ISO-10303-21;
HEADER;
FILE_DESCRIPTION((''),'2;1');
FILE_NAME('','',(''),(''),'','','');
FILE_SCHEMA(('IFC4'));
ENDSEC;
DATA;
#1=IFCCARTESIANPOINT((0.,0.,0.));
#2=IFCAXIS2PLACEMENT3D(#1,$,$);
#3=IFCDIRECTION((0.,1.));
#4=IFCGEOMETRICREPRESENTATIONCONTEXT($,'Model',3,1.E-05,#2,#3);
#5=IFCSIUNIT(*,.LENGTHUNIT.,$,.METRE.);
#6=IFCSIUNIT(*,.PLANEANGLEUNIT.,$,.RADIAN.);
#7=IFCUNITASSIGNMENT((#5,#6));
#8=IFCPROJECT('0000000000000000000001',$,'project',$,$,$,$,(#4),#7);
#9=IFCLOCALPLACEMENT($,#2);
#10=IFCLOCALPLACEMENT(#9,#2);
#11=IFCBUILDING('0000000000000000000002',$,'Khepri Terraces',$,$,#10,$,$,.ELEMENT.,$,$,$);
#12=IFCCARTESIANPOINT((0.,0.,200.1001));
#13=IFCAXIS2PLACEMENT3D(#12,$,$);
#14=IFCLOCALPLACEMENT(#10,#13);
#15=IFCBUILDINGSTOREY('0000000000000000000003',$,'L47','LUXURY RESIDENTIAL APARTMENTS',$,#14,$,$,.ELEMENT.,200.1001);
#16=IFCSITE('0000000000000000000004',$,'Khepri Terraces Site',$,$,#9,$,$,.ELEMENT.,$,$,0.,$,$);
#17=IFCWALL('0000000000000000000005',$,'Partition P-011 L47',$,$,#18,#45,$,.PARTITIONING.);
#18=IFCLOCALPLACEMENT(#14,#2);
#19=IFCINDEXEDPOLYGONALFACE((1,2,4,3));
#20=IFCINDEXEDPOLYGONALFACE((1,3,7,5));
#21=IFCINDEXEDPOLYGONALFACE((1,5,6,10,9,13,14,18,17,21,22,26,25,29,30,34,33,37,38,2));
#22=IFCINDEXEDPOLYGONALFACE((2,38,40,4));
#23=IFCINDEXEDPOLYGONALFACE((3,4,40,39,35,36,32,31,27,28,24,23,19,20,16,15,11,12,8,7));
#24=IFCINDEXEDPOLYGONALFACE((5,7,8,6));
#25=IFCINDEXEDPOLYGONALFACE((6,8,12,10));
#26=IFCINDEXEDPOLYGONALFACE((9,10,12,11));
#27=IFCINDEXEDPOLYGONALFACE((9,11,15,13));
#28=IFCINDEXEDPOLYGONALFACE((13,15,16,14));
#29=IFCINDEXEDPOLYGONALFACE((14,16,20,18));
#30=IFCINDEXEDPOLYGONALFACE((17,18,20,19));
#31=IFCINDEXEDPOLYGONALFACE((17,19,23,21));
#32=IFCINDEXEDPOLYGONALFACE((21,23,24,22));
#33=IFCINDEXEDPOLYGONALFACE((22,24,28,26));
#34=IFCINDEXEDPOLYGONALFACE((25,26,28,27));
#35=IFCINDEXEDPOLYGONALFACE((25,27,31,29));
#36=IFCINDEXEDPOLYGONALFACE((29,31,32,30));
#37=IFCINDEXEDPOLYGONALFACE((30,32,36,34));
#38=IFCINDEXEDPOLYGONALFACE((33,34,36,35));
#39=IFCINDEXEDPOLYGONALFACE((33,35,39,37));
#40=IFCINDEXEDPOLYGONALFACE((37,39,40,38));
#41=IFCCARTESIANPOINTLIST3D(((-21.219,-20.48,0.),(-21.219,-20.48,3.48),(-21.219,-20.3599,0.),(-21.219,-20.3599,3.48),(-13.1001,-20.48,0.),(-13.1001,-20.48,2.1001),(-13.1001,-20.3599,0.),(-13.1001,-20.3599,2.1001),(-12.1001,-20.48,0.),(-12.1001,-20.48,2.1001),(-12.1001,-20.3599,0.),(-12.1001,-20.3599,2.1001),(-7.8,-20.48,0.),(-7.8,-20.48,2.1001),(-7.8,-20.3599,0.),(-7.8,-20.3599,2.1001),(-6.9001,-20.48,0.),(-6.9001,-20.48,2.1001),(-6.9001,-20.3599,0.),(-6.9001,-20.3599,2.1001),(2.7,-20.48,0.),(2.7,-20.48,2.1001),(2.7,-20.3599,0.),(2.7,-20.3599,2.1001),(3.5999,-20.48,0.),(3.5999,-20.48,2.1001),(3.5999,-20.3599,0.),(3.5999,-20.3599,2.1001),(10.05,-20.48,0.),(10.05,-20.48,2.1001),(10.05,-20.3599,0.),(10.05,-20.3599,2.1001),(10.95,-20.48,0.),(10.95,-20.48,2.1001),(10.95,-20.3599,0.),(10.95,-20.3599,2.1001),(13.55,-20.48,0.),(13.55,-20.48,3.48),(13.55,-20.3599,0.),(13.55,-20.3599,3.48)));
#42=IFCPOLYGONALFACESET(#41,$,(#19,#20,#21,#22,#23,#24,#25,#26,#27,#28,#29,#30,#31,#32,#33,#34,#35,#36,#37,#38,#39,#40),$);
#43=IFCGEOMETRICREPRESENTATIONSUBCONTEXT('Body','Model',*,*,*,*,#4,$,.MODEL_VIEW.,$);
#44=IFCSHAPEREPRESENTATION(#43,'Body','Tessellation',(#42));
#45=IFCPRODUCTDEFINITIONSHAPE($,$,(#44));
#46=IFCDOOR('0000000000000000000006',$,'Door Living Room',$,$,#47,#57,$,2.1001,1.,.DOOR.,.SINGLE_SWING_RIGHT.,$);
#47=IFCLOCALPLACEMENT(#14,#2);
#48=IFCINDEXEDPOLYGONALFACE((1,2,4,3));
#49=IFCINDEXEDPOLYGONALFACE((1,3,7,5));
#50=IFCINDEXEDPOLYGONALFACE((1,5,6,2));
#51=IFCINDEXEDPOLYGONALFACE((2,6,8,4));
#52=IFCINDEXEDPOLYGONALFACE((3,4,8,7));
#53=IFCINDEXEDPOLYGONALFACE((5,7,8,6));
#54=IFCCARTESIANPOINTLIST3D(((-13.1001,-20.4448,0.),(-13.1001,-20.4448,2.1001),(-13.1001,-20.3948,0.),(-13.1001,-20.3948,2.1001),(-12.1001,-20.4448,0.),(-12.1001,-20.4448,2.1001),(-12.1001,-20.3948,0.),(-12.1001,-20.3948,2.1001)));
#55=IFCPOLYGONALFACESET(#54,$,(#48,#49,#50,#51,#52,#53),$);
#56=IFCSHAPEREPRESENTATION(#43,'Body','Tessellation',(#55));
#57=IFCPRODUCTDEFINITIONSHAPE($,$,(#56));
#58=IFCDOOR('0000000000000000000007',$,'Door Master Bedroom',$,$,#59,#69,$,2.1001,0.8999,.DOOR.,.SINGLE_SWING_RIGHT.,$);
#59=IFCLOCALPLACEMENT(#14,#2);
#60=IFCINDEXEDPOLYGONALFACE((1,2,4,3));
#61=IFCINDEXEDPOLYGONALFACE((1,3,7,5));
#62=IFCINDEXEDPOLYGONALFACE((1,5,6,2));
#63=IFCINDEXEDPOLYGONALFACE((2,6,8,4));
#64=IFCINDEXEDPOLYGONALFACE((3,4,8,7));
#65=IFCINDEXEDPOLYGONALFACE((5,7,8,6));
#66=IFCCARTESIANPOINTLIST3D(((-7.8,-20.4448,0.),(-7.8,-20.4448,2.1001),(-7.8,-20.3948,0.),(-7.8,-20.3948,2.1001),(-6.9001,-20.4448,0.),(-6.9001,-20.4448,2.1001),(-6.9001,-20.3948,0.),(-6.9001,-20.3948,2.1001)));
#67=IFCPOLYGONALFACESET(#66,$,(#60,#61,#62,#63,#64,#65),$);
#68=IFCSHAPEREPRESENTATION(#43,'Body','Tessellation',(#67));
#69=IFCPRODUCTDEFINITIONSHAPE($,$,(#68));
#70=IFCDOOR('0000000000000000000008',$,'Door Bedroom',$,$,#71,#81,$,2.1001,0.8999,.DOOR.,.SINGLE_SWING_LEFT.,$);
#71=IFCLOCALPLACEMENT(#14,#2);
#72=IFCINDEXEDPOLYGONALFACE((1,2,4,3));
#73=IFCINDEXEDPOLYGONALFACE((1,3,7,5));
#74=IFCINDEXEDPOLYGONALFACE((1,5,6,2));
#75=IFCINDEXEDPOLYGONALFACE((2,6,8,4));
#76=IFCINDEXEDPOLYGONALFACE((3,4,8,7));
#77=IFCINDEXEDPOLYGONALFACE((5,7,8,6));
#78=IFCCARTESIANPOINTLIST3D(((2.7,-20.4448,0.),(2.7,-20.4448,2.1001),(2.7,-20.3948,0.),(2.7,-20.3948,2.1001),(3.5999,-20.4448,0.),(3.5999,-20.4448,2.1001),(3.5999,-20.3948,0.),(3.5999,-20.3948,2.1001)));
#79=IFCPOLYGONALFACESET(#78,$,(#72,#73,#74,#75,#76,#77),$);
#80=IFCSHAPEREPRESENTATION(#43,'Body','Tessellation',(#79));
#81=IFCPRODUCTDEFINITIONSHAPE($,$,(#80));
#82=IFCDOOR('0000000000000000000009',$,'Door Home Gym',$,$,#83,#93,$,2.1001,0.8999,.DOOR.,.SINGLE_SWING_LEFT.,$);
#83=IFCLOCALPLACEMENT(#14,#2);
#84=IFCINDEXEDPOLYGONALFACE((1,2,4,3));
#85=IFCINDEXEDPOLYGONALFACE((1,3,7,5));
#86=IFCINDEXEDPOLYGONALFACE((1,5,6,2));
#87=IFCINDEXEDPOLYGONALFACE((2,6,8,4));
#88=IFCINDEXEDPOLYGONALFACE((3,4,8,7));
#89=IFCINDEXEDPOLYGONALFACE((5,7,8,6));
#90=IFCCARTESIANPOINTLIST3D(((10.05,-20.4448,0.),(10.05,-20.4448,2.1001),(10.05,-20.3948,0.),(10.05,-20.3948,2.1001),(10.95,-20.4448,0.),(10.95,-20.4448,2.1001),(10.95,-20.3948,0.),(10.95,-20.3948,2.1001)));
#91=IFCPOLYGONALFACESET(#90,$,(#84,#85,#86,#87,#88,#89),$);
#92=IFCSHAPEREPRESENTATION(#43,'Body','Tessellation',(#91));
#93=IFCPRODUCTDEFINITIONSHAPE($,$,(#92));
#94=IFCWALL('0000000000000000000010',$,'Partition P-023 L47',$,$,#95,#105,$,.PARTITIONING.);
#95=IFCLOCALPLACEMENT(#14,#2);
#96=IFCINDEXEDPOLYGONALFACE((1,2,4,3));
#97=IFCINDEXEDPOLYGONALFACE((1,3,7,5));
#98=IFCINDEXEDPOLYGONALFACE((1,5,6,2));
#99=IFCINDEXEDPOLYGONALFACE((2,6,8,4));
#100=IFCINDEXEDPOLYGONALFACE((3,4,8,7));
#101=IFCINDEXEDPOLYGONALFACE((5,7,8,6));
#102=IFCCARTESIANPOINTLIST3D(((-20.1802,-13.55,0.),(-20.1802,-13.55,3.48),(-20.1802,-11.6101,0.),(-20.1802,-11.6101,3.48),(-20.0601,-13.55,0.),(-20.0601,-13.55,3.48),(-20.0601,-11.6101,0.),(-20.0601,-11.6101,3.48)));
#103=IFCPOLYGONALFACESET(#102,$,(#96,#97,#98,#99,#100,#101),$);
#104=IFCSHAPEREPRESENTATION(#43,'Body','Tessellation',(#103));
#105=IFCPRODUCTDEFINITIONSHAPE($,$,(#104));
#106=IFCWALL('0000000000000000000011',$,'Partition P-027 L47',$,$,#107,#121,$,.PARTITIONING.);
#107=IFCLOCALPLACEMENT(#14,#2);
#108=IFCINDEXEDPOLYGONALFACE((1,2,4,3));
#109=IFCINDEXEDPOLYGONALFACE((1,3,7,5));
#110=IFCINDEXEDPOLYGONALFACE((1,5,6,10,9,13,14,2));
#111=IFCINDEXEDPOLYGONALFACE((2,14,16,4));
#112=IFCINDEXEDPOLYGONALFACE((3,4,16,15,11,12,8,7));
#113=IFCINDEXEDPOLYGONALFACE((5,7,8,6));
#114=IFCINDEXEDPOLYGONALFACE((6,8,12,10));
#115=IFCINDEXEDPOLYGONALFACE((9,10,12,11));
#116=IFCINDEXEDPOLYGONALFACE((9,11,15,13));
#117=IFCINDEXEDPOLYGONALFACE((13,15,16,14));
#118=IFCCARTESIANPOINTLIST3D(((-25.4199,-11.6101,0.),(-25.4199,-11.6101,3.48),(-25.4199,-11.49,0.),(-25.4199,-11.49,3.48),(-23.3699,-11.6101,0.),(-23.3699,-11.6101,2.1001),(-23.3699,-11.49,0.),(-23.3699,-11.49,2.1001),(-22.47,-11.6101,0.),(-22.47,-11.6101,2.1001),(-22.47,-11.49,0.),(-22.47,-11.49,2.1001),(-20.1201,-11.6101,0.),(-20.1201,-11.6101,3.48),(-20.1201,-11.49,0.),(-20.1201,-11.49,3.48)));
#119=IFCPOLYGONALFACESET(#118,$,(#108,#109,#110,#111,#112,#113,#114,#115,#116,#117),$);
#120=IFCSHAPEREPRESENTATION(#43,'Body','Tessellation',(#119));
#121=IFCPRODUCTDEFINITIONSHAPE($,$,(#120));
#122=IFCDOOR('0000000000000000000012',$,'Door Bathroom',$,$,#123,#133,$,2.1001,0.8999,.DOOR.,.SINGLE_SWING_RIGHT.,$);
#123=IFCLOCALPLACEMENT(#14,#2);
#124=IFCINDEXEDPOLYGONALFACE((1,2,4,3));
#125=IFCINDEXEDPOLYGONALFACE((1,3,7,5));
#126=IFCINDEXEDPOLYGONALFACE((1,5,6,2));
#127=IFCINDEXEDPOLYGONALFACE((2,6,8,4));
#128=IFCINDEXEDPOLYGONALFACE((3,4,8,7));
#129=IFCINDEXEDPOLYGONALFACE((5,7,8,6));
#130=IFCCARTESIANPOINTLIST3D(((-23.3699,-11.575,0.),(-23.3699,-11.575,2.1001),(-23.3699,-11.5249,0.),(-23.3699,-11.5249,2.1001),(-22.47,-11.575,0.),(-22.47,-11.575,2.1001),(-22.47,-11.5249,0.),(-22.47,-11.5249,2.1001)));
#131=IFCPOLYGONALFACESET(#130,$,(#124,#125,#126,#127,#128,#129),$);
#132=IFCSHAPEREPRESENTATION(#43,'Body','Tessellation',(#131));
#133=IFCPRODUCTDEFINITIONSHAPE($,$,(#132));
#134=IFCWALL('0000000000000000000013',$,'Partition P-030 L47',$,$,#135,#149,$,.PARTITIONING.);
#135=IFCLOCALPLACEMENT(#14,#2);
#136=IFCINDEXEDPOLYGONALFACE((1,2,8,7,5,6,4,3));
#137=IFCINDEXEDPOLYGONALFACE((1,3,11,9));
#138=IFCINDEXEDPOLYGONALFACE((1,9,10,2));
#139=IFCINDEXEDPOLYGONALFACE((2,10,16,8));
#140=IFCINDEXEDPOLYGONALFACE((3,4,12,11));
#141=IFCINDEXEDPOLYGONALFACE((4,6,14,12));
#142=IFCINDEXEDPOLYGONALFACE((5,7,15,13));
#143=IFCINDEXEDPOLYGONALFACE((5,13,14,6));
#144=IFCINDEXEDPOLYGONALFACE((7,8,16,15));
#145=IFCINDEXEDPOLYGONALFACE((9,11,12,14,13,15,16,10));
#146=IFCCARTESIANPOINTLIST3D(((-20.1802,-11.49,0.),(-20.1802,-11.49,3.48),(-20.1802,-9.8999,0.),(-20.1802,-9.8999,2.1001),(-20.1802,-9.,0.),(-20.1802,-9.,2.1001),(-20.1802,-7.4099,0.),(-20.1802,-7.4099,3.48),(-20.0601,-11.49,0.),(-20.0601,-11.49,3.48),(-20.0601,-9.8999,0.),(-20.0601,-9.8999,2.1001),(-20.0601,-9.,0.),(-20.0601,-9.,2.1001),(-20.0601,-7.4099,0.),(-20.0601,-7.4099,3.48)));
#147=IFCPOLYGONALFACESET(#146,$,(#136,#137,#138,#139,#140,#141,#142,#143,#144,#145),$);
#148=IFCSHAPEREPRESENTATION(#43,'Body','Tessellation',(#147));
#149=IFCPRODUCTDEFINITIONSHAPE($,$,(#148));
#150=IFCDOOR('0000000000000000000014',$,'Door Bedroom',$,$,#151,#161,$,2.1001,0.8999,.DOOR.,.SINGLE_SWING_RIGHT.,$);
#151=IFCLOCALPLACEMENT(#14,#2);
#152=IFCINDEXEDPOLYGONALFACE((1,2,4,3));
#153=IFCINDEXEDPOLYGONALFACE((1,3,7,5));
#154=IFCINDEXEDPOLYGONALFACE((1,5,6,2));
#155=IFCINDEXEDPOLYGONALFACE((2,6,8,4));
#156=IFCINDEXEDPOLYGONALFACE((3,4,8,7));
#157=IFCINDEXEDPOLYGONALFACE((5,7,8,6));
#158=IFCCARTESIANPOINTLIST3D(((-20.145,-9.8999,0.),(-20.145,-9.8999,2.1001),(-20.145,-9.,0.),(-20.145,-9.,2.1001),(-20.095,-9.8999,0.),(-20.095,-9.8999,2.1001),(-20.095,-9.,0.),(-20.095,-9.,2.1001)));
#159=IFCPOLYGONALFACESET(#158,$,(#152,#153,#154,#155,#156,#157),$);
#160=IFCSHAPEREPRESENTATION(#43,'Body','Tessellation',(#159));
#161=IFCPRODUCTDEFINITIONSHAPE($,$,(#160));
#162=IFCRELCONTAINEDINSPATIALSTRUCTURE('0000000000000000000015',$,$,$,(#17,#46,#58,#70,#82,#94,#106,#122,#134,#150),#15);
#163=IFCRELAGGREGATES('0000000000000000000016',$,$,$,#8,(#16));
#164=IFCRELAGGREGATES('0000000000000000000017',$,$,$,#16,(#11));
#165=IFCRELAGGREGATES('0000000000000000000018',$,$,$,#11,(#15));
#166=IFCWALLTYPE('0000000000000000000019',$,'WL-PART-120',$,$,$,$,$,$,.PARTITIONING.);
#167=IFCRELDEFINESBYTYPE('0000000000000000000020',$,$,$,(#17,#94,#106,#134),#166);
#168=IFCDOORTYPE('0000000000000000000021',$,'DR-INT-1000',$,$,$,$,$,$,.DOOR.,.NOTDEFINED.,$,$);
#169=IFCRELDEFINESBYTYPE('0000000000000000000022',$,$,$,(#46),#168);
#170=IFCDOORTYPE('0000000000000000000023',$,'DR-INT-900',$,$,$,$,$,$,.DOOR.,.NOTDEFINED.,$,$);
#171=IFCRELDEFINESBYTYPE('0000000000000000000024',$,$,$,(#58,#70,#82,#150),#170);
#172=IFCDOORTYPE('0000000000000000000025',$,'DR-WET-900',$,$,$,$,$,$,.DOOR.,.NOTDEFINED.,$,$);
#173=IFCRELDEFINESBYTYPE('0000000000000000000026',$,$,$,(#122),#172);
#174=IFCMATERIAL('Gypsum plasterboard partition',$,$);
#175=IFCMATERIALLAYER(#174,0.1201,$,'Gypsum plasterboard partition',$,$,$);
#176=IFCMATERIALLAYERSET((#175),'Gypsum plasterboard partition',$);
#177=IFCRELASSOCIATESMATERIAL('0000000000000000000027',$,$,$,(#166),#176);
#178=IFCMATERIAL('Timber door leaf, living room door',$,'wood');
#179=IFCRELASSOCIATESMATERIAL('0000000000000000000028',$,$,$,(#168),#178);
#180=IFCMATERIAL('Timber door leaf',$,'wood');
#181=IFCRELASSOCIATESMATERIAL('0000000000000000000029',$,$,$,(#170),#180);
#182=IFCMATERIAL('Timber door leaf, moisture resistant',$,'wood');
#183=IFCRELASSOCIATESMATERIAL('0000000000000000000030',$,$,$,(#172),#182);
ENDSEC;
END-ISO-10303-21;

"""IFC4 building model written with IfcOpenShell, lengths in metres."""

from ifc_helpers import new_model, si_unit, direction, frame, frame_2d, origin, place, context, subcontext, project, spatial, rectangle, extrude, material, layer, layer_set, type_object, element, fill, save


model = new_model("IFC4")

# Units and contexts
model_context = context("Model", 3, precision=1e-05, world=origin(), true_north=direction((0.0, 1.0)))
body_context = subcontext(model_context, "Body", "Model", "MODEL_VIEW")
ifc_project = project(units=[si_unit("LENGTHUNIT", "METRE"), si_unit("PLANEANGLEUNIT", "RADIAN")], contexts=[model_context])

# Site, building, storey
site_placement = place(None, origin())
site = spatial("IfcSite", under=ifc_project, at=site_placement, Name="Khepri Terraces Site", CompositionType="ELEMENT", RefElevation=0.0)
building_placement = place(site_placement, origin())
building = spatial("IfcBuilding", under=site, at=building_placement, Name="Khepri Terraces", CompositionType="ELEMENT")
storey_placement = place(building_placement, frame((0.0, 0.0, 200.1001)))
storey = spatial("IfcBuildingStorey", under=building, at=storey_placement, Name="L47", Description="LUXURY RESIDENTIAL APARTMENTS", CompositionType="ELEMENT", Elevation=200.1001)

# Shared definitions
ifc_material_1 = material(Name="Gypsum plasterboard partition")
ifc_layer_1 = layer(ifc_material_1, 0.1201, Name="Gypsum plasterboard partition")
ifc_layer_set_1 = layer_set([ifc_layer_1], Name="Gypsum plasterboard partition")
wall_type_1 = type_object("IfcWallType", Name="WL-PART-120", PredefinedType="PARTITIONING", material=ifc_layer_set_1)

# Wall, openings, doors
wall_1_placement = place(storey_placement, frame((-21.219, -20.4199, 0.0), z_axis=(0.0, 0.0, 1.0), x_axis=(1.0, 0.0, 0.0)))
wall_1 = element("IfcWall", 1, at=wall_1_placement, inside=storey, type_object=wall_type_1, Name="Partition P-011 L47", PredefinedType="PARTITIONING", context=body_context, shape_type="SweptSolid", body=[
    extrude(rectangle(XDim=34.769, YDim=0.1201, at=frame_2d((17.3845, 0.0))), origin(), (0.0, 0.0, 1.0), 3.48),
])
opening_1_placement = place(wall_1_placement, frame((8.1189, 0.0, 0.0)))
opening_1 = element("IfcOpeningElement", 2, at=opening_1_placement, cuts=wall_1, PredefinedType="OPENING", context=body_context, shape_type="SweptSolid", body=[
    extrude(rectangle(XDim=1.0, YDim=2.1001, at=frame_2d((0.5, 1.05))), frame((0.0, 0.0701, 0.0), z_axis=(0.0, -1.0, 0.0), x_axis=(1.0, 0.0, 0.0)), (0.0, 0.0, 1.0), 0.1401),
])
opening_2_placement = place(wall_1_placement, frame((13.4189, 0.0, 0.0)))
opening_2 = element("IfcOpeningElement", 3, at=opening_2_placement, cuts=wall_1, PredefinedType="OPENING", context=body_context, shape_type="SweptSolid", body=[
    extrude(rectangle(XDim=0.8999, YDim=2.1001, at=frame_2d((0.45, 1.05))), frame((0.0, 0.0701, 0.0), z_axis=(0.0, -1.0, 0.0), x_axis=(1.0, 0.0, 0.0)), (0.0, 0.0, 1.0), 0.1401),
])
opening_3_placement = place(wall_1_placement, frame((23.9189, 0.0, 0.0)))
opening_3 = element("IfcOpeningElement", 4, at=opening_3_placement, cuts=wall_1, PredefinedType="OPENING", context=body_context, shape_type="SweptSolid", body=[
    extrude(rectangle(XDim=0.8999, YDim=2.1001, at=frame_2d((0.45, 1.05))), frame((0.0, 0.0701, 0.0), z_axis=(0.0, -1.0, 0.0), x_axis=(1.0, 0.0, 0.0)), (0.0, 0.0, 1.0), 0.1401),
])
opening_4_placement = place(wall_1_placement, frame((31.269, 0.0, 0.0)))
opening_4 = element("IfcOpeningElement", 5, at=opening_4_placement, cuts=wall_1, PredefinedType="OPENING", context=body_context, shape_type="SweptSolid", body=[
    extrude(rectangle(XDim=0.8999, YDim=2.1001, at=frame_2d((0.45, 1.05))), frame((0.0, 0.0701, 0.0), z_axis=(0.0, -1.0, 0.0), x_axis=(1.0, 0.0, 0.0)), (0.0, 0.0, 1.0), 0.1401),
])
ifc_material_2 = material(Name="Timber door leaf, living room door", Category="wood")
door_type_1 = type_object("IfcDoorType", Name="DR-INT-1000", OperationType="NOTDEFINED", PredefinedType="DOOR", material=ifc_material_2)
door_1_placement = place(opening_1_placement, frame((1.0, 0.0, 0.0), z_axis=(0.0, 0.0, 1.0), x_axis=(-1.0, 0.0, 0.0)))
door_1 = element("IfcDoor", 6, at=door_1_placement, inside=storey, type_object=door_type_1, Name="Door Living Room", OperationType="SINGLE_SWING_RIGHT", OverallHeight=2.1001, OverallWidth=1.0, PredefinedType="DOOR", context=body_context, shape_type="SweptSolid", body=[
    extrude(rectangle(XDim=1.0, YDim=2.1001, at=frame_2d((0.5, 1.05))), frame((0.0, 0.0249, 0.0), z_axis=(0.0, -1.0, 0.0), x_axis=(1.0, 0.0, 0.0)), (0.0, 0.0, 1.0), 0.05),
])
fill(opening_1, door_1)
ifc_material_3 = material(Name="Timber door leaf", Category="wood")
door_type_2 = type_object("IfcDoorType", Name="DR-INT-900", OperationType="NOTDEFINED", PredefinedType="DOOR", material=ifc_material_3)
door_2_placement = place(opening_2_placement, frame((0.8999, 0.0, 0.0), z_axis=(0.0, 0.0, 1.0), x_axis=(-1.0, 0.0, 0.0)))
door_2 = element("IfcDoor", 7, at=door_2_placement, inside=storey, type_object=door_type_2, Name="Door Master Bedroom", OperationType="SINGLE_SWING_RIGHT", OverallHeight=2.1001, OverallWidth=0.8999, PredefinedType="DOOR", context=body_context, shape_type="SweptSolid", body=[
    extrude(rectangle(XDim=0.8999, YDim=2.1001, at=frame_2d((0.45, 1.05))), frame((0.0, 0.0249, 0.0), z_axis=(0.0, -1.0, 0.0), x_axis=(1.0, 0.0, 0.0)), (0.0, 0.0, 1.0), 0.05),
])
fill(opening_2, door_2)
door_3_placement = place(opening_3_placement, frame((0.8999, 0.0, 0.0), z_axis=(0.0, 0.0, 1.0), x_axis=(-1.0, 0.0, 0.0)))
door_3 = element("IfcDoor", 8, at=door_3_placement, inside=storey, type_object=door_type_2, Name="Door Bedroom", OperationType="SINGLE_SWING_LEFT", OverallHeight=2.1001, OverallWidth=0.8999, PredefinedType="DOOR", context=body_context, shape_type="SweptSolid", body=[
    extrude(rectangle(XDim=0.8999, YDim=2.1001, at=frame_2d((0.45, 1.05))), frame((0.0, 0.0249, 0.0), z_axis=(0.0, -1.0, 0.0), x_axis=(1.0, 0.0, 0.0)), (0.0, 0.0, 1.0), 0.05),
])
fill(opening_3, door_3)
door_4_placement = place(opening_4_placement, frame((0.8999, 0.0, 0.0), z_axis=(0.0, 0.0, 1.0), x_axis=(-1.0, 0.0, 0.0)))
door_4 = element("IfcDoor", 9, at=door_4_placement, inside=storey, type_object=door_type_2, Name="Door Home Gym", OperationType="SINGLE_SWING_LEFT", OverallHeight=2.1001, OverallWidth=0.8999, PredefinedType="DOOR", context=body_context, shape_type="SweptSolid", body=[
    extrude(rectangle(XDim=0.8999, YDim=2.1001, at=frame_2d((0.45, 1.05))), frame((0.0, 0.0249, 0.0), z_axis=(0.0, -1.0, 0.0), x_axis=(1.0, 0.0, 0.0)), (0.0, 0.0, 1.0), 0.05),
])
fill(opening_4, door_4)

# Wall
wall_2_placement = place(storey_placement, frame((-20.1201, -13.55, 0.0), z_axis=(0.0, 0.0, 1.0), x_axis=(0.0, 1.0, 0.0)))
element("IfcWall", 10, at=wall_2_placement, inside=storey, type_object=wall_type_1, Name="Partition P-023 L47", PredefinedType="PARTITIONING", context=body_context, shape_type="SweptSolid", body=[
    extrude(rectangle(XDim=1.9399, YDim=0.1201, at=frame_2d((0.97, 0.0))), origin(), (0.0, 0.0, 1.0), 3.48),
])

# Walls, openings, doors
wall_3_placement = place(storey_placement, frame((-25.4199, -11.55, 0.0), z_axis=(0.0, 0.0, 1.0), x_axis=(1.0, 0.0, 0.0)))
wall_3 = element("IfcWall", 11, at=wall_3_placement, inside=storey, type_object=wall_type_1, Name="Partition P-027 L47", PredefinedType="PARTITIONING", context=body_context, shape_type="SweptSolid", body=[
    extrude(rectangle(XDim=5.2998, YDim=0.1201, at=frame_2d((2.6499, 0.0))), origin(), (0.0, 0.0, 1.0), 3.48),
])
opening_5_placement = place(wall_3_placement, frame((2.05, 0.0, 0.0)))
opening_5 = element("IfcOpeningElement", 12, at=opening_5_placement, cuts=wall_3, PredefinedType="OPENING", context=body_context, shape_type="SweptSolid", body=[
    extrude(rectangle(XDim=0.8999, YDim=2.1001, at=frame_2d((0.45, 1.05))), frame((0.0, 0.0701, 0.0), z_axis=(0.0, -1.0, 0.0), x_axis=(1.0, 0.0, 0.0)), (0.0, 0.0, 1.0), 0.1401),
])
ifc_material_4 = material(Name="Timber door leaf, moisture resistant", Category="wood")
door_type_3 = type_object("IfcDoorType", Name="DR-WET-900", OperationType="NOTDEFINED", PredefinedType="DOOR", material=ifc_material_4)
door_5_placement = place(opening_5_placement, frame((0.8999, 0.0, 0.0), z_axis=(0.0, 0.0, 1.0), x_axis=(-1.0, 0.0, 0.0)))
door_5 = element("IfcDoor", 13, at=door_5_placement, inside=storey, type_object=door_type_3, Name="Door Bathroom", OperationType="SINGLE_SWING_RIGHT", OverallHeight=2.1001, OverallWidth=0.8999, PredefinedType="DOOR", context=body_context, shape_type="SweptSolid", body=[
    extrude(rectangle(XDim=0.8999, YDim=2.1001, at=frame_2d((0.45, 1.05))), frame((0.0, 0.0249, 0.0), z_axis=(0.0, -1.0, 0.0), x_axis=(1.0, 0.0, 0.0)), (0.0, 0.0, 1.0), 0.05),
])
fill(opening_5, door_5)
wall_4_placement = place(storey_placement, frame((-20.1201, -11.49, 0.0), z_axis=(0.0, 0.0, 1.0), x_axis=(0.0, 1.0, 0.0)))
wall_4 = element("IfcWall", 14, at=wall_4_placement, inside=storey, type_object=wall_type_1, Name="Partition P-030 L47", PredefinedType="PARTITIONING", context=body_context, shape_type="SweptSolid", body=[
    extrude(rectangle(XDim=4.0801, YDim=0.1201, at=frame_2d((2.04, 0.0))), origin(), (0.0, 0.0, 1.0), 3.48),
])
opening_6_placement = place(wall_4_placement, frame((1.5901, 0.0, 0.0)))
opening_6 = element("IfcOpeningElement", 15, at=opening_6_placement, cuts=wall_4, PredefinedType="OPENING", context=body_context, shape_type="SweptSolid", body=[
    extrude(rectangle(XDim=0.8999, YDim=2.1001, at=frame_2d((0.45, 1.05))), frame((0.0, 0.0701, 0.0), z_axis=(0.0, -1.0, 0.0), x_axis=(1.0, 0.0, 0.0)), (0.0, 0.0, 1.0), 0.1401),
])
door_6_placement = place(opening_6_placement, origin())
door_6 = element("IfcDoor", 16, at=door_6_placement, inside=storey, type_object=door_type_2, Name="Door Bedroom", OperationType="SINGLE_SWING_RIGHT", OverallHeight=2.1001, OverallWidth=0.8999, PredefinedType="DOOR", context=body_context, shape_type="SweptSolid", body=[
    extrude(rectangle(XDim=0.8999, YDim=2.1001, at=frame_2d((0.45, 1.05))), frame((0.0, 0.0249, 0.0), z_axis=(0.0, -1.0, 0.0), x_axis=(1.0, 0.0, 0.0)), (0.0, 0.0, 1.0), 0.05),
])
fill(opening_6, door_6)

save(model, "model.ifc")
